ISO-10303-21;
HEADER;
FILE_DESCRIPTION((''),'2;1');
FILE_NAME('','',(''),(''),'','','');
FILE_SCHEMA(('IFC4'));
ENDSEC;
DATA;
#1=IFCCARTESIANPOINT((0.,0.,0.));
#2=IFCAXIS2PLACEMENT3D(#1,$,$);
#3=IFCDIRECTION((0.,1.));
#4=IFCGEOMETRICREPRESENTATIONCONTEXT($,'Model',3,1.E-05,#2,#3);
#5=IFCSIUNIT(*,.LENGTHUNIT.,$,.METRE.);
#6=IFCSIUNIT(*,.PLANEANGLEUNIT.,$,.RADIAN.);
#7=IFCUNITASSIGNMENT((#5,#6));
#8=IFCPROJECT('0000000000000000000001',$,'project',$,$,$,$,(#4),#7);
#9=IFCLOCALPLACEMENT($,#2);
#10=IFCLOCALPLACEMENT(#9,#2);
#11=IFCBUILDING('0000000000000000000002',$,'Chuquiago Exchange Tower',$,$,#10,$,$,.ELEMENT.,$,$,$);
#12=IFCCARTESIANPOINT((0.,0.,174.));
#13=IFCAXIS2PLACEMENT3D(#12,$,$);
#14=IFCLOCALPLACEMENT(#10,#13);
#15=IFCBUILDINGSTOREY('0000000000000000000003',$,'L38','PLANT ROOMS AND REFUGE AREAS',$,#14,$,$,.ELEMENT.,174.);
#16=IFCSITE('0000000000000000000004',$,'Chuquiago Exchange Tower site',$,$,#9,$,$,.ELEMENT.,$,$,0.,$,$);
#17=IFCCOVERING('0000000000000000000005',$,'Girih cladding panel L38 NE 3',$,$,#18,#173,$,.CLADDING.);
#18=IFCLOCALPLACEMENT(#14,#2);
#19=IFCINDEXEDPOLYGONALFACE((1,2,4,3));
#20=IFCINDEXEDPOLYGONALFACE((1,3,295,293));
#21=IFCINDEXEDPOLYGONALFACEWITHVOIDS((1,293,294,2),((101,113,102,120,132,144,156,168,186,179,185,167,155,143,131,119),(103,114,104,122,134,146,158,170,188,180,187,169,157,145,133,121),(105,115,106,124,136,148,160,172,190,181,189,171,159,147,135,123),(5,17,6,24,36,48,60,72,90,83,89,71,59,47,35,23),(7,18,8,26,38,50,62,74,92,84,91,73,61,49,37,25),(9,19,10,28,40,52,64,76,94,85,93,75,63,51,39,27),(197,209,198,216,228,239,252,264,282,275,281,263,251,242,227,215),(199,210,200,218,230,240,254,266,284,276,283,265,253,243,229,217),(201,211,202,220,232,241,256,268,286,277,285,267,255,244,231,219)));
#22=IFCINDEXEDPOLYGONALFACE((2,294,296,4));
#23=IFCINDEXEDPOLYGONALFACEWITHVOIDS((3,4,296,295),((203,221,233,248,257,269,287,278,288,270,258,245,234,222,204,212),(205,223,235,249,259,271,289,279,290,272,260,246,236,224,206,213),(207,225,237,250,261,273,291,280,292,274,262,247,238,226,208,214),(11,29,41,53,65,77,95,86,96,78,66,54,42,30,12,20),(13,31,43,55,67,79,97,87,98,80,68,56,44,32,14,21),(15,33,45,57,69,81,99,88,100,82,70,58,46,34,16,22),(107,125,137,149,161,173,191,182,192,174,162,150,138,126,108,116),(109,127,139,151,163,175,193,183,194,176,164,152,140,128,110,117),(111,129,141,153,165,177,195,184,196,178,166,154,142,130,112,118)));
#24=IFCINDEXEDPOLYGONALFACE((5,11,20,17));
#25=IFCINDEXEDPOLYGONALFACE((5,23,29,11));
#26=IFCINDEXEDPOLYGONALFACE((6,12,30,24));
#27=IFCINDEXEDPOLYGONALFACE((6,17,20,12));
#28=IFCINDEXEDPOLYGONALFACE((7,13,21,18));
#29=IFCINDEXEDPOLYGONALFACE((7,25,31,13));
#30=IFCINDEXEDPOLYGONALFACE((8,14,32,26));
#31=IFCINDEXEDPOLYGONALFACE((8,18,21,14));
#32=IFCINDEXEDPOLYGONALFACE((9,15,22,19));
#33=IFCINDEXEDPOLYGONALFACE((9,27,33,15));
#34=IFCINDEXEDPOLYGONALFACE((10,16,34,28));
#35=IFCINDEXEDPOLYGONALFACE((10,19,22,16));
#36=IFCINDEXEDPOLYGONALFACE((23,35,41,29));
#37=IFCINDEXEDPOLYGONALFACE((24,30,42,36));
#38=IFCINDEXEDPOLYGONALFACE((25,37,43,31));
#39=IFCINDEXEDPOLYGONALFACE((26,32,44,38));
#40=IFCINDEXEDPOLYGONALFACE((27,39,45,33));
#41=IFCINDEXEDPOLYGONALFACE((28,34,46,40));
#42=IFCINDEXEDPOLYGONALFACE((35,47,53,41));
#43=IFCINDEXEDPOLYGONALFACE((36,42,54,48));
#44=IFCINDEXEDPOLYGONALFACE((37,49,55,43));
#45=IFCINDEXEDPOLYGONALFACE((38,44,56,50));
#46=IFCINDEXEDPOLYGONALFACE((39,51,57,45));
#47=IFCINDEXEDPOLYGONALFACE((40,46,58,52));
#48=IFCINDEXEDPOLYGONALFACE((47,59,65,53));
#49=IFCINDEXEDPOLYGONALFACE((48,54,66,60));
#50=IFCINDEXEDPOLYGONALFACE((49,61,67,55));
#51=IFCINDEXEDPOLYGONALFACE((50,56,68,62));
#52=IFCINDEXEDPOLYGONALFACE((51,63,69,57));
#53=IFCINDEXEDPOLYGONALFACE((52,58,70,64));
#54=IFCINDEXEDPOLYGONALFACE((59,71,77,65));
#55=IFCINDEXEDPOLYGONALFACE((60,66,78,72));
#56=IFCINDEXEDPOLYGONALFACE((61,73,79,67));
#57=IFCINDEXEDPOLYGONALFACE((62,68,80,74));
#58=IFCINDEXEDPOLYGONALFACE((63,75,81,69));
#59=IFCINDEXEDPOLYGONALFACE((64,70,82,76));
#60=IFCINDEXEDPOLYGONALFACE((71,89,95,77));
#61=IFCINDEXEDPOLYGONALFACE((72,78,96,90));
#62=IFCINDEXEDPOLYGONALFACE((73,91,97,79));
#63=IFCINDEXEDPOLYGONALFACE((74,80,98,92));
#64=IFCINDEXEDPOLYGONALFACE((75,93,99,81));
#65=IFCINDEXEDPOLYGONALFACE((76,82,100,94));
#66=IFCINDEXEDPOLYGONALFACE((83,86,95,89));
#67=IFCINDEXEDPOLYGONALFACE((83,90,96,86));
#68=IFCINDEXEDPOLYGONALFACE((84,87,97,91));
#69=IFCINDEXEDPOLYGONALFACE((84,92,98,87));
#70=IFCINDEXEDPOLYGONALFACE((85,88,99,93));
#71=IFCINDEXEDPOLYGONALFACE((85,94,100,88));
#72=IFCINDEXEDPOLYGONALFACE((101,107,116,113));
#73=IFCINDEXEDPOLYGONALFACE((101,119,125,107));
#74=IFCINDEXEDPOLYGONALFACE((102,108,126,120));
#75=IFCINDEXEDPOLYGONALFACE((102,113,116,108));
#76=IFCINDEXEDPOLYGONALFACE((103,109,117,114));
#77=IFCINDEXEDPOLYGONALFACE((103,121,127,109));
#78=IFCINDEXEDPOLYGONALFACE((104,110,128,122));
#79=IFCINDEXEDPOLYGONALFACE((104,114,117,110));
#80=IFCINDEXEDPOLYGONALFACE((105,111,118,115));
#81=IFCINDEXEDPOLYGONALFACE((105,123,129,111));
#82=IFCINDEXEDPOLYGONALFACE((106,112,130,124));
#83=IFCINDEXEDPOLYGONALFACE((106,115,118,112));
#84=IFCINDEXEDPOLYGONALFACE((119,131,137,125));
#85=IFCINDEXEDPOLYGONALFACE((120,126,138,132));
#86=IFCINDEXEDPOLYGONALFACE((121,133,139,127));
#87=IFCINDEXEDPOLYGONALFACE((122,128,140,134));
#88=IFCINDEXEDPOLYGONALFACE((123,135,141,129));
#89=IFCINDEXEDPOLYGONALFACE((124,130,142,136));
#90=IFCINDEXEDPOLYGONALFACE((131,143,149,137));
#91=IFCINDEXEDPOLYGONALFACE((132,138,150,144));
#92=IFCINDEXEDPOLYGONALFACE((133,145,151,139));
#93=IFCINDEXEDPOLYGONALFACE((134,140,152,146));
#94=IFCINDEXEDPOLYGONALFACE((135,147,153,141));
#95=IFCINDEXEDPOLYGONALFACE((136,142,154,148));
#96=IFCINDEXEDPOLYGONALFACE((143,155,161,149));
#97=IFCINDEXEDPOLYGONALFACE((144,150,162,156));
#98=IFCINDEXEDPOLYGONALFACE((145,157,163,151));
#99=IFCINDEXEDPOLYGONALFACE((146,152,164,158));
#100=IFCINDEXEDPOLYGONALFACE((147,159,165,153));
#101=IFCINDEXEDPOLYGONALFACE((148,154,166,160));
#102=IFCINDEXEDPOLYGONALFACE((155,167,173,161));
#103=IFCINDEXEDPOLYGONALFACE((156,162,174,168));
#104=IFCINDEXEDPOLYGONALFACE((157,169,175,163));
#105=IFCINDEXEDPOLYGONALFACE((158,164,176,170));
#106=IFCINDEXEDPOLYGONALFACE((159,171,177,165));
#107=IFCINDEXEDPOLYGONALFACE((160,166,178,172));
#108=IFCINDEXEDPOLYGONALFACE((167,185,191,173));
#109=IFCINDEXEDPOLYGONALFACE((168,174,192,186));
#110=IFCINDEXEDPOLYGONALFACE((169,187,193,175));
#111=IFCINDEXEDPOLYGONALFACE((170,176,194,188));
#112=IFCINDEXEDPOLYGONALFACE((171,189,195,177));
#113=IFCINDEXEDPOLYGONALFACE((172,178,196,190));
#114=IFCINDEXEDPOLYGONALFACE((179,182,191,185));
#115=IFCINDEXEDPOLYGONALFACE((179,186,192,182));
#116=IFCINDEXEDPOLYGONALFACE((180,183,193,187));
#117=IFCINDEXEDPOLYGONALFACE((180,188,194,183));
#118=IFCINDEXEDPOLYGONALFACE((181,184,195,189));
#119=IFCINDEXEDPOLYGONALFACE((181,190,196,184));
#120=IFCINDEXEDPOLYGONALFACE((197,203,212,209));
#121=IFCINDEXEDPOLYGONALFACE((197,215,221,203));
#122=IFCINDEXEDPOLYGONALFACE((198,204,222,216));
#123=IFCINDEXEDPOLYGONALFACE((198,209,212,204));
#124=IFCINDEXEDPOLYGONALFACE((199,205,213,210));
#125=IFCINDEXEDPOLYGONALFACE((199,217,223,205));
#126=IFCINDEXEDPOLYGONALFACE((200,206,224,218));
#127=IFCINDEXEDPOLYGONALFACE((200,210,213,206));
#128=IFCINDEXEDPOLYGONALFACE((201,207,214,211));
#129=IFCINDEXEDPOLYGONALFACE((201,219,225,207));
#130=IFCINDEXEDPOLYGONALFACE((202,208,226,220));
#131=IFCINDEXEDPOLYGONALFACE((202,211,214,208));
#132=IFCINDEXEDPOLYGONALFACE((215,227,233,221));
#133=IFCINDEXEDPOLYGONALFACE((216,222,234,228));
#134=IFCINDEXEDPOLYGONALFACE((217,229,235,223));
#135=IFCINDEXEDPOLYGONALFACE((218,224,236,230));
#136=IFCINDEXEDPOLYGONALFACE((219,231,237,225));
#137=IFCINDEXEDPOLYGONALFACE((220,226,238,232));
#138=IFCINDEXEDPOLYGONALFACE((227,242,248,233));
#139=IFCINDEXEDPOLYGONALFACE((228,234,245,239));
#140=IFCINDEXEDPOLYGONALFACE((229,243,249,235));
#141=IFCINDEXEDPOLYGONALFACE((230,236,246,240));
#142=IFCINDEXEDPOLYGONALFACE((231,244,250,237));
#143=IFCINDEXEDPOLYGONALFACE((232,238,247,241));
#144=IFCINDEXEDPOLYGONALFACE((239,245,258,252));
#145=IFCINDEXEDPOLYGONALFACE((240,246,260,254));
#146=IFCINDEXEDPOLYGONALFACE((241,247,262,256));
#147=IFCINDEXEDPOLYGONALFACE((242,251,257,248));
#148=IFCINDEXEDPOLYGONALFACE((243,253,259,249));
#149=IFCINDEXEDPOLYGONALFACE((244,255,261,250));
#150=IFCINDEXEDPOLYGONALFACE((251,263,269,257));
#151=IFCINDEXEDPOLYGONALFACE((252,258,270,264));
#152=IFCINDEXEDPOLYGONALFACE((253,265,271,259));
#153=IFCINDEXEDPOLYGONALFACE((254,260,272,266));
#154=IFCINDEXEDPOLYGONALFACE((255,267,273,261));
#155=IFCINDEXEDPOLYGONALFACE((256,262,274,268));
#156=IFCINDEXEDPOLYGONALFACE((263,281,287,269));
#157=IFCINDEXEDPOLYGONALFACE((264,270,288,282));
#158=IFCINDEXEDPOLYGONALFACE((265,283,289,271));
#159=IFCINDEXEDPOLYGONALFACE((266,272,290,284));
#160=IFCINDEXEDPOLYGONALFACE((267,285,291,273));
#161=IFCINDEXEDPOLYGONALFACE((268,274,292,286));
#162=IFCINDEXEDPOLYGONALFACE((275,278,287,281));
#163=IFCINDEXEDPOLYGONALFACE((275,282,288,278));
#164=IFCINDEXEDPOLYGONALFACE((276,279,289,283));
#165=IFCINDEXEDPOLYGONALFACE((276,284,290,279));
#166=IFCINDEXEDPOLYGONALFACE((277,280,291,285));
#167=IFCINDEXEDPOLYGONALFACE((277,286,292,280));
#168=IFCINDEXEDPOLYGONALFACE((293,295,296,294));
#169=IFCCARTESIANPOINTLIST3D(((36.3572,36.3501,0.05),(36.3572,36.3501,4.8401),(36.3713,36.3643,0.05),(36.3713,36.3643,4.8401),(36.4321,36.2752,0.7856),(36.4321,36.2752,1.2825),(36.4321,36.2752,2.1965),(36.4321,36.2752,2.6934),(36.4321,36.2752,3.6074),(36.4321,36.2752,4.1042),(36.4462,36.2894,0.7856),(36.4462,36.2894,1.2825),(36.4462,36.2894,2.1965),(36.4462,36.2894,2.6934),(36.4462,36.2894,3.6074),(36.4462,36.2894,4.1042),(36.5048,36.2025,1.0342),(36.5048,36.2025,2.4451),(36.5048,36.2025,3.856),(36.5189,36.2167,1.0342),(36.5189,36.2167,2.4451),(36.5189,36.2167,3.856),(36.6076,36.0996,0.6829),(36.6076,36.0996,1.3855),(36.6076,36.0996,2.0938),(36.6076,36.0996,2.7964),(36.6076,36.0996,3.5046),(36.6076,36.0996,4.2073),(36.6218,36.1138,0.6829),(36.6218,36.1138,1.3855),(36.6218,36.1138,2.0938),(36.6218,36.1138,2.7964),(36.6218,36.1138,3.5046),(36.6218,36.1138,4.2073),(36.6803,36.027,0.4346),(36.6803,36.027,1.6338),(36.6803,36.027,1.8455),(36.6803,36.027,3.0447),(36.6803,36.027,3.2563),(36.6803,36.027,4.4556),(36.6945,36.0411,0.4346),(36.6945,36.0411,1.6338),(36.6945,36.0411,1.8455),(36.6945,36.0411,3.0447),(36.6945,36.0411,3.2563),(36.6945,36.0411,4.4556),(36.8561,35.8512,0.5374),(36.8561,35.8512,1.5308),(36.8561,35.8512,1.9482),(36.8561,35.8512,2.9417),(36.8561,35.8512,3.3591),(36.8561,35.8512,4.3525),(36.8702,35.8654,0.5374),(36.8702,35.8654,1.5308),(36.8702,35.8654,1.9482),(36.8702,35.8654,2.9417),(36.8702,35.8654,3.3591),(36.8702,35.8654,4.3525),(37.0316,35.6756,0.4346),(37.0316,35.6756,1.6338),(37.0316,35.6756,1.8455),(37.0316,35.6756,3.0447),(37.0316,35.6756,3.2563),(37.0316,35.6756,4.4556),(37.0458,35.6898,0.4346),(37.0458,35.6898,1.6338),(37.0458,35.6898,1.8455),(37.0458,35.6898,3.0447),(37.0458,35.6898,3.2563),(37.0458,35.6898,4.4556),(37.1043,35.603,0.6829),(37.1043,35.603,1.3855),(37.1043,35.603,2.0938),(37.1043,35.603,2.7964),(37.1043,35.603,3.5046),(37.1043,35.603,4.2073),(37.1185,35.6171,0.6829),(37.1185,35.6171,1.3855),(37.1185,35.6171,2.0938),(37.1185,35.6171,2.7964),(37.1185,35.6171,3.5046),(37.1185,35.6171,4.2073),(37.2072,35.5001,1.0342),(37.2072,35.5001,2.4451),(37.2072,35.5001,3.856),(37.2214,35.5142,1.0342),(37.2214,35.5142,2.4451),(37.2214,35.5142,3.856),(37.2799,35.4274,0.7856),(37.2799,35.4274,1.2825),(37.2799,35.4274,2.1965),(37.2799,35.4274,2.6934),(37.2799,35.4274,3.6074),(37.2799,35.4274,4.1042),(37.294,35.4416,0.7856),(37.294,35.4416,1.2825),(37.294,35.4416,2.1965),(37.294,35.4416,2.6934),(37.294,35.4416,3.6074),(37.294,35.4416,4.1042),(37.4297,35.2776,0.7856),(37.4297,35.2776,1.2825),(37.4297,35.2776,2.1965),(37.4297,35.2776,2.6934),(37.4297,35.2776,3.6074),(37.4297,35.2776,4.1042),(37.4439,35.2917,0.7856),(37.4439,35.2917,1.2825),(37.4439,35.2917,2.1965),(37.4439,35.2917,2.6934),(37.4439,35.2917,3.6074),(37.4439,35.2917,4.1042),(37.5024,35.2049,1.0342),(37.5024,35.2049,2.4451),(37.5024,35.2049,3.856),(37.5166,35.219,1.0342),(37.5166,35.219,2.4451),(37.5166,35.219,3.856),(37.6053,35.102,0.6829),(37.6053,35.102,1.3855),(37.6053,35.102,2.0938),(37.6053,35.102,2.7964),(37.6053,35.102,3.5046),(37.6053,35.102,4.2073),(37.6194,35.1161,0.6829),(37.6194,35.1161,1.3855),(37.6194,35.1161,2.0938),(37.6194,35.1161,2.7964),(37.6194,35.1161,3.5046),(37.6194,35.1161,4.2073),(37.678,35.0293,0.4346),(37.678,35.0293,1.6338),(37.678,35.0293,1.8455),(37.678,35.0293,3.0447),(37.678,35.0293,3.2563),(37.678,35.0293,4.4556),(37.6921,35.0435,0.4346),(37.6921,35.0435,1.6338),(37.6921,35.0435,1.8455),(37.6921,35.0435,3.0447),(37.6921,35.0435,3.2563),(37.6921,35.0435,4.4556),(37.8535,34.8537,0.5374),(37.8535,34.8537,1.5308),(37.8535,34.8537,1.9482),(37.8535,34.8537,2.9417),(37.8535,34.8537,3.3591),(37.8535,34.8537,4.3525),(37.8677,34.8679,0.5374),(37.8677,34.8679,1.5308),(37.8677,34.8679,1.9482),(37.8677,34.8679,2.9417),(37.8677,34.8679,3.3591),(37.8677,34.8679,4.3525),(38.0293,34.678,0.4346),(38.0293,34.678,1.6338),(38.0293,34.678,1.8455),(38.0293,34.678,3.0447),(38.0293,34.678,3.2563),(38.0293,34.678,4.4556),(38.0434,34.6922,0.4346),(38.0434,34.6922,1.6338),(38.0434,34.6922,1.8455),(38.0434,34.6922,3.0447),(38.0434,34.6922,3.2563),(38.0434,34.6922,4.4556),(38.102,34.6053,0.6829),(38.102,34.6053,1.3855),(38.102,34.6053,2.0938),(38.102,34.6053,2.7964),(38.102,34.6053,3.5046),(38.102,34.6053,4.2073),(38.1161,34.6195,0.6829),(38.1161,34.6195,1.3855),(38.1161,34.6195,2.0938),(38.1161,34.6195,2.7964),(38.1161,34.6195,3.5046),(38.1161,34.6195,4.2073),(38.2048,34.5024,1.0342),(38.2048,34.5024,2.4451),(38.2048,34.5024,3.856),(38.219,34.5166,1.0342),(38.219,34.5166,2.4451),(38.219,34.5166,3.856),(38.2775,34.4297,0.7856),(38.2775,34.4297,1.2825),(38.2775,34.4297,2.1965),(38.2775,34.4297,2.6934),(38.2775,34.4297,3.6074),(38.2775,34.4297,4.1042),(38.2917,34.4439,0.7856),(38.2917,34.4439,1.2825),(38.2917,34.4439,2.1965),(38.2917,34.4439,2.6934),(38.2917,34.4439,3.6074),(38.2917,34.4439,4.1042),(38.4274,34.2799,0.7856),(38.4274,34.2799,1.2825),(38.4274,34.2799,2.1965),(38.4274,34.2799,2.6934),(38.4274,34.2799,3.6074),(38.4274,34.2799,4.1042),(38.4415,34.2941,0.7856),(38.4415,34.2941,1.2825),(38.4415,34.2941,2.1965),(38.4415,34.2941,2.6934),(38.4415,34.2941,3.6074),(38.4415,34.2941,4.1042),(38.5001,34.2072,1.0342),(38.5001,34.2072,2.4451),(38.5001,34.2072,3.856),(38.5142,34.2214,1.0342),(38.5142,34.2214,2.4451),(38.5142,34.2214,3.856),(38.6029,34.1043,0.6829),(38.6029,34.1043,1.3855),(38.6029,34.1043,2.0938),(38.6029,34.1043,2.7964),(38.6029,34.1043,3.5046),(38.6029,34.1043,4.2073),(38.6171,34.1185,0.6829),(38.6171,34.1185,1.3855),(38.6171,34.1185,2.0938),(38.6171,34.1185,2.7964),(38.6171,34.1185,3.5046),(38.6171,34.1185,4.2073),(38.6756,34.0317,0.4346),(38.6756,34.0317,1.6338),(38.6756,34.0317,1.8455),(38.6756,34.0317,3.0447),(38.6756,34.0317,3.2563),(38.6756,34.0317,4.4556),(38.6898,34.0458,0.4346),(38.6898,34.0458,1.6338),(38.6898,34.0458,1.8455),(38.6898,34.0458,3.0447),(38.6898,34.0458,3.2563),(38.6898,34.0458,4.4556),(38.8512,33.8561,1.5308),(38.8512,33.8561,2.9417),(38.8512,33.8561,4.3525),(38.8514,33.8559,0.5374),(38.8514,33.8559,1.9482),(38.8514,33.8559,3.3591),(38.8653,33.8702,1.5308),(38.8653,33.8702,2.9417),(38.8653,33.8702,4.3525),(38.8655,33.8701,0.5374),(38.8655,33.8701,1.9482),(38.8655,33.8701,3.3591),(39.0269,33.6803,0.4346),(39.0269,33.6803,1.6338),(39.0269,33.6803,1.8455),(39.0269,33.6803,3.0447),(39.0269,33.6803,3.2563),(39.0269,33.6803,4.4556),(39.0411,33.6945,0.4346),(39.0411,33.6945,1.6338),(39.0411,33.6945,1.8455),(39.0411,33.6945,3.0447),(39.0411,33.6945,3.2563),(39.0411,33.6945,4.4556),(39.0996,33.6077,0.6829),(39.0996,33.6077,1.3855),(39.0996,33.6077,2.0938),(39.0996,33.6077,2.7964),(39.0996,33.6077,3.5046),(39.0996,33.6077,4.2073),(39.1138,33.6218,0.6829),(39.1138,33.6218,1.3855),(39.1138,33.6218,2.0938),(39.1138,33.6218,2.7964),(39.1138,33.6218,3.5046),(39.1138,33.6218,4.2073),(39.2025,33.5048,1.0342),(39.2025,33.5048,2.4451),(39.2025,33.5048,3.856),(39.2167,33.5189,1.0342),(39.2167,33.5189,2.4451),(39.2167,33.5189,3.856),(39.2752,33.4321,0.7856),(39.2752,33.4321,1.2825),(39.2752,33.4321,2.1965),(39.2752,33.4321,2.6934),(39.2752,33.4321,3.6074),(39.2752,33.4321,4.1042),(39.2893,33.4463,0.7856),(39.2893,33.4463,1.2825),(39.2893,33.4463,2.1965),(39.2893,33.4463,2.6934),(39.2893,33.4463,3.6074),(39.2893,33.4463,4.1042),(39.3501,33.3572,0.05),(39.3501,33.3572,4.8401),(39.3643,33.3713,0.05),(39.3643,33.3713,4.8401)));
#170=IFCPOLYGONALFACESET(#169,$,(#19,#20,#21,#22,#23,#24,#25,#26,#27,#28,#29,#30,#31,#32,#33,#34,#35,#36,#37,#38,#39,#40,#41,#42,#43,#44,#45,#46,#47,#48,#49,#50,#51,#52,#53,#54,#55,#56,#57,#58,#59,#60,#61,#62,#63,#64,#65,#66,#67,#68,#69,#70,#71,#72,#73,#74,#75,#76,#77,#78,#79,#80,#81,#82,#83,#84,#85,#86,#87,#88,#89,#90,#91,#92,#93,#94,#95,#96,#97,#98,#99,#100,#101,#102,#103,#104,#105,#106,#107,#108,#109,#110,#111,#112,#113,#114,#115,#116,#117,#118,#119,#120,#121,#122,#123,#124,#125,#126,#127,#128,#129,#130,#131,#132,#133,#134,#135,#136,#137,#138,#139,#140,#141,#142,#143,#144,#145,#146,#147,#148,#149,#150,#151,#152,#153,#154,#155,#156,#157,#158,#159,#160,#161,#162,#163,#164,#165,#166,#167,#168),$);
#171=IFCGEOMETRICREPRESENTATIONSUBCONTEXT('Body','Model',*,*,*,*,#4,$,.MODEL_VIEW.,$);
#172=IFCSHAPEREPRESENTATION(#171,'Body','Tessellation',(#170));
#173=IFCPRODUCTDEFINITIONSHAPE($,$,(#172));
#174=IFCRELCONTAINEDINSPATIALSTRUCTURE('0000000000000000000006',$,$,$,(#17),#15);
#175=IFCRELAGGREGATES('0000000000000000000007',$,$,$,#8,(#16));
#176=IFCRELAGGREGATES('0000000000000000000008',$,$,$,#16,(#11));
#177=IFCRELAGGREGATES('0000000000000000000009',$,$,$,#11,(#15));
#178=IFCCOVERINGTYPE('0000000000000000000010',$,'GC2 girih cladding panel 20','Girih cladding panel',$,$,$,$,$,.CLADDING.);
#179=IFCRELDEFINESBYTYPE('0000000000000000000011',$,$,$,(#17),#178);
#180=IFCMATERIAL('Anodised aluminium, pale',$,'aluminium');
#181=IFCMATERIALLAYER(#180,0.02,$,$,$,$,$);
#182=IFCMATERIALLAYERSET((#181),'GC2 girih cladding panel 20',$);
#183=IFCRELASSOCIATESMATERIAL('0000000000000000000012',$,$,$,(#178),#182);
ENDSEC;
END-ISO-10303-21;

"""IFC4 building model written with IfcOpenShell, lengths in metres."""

from ifc_helpers import new_model, si_unit, direction, frame, origin, place, context, subcontext, project, spatial, polyline, outline, extrude, material, layer, layer_set, type_object, element, save


model = new_model("IFC4")

# Units and contexts
model_context = context("Model", 3, precision=1e-05, world=origin(), true_north=direction((0.0, 1.0)))
body_context = subcontext(model_context, "Body", "Model", "MODEL_VIEW")
ifc_project = project(units=[si_unit("LENGTHUNIT", "METRE"), si_unit("PLANEANGLEUNIT", "RADIAN")], contexts=[model_context])

# Site, building, storey
site_placement = place(None, origin())
site = spatial("IfcSite", under=ifc_project, at=site_placement, Name="Chuquiago Exchange Tower site", CompositionType="ELEMENT", RefElevation=0.0)
building_placement = place(site_placement, origin())
building = spatial("IfcBuilding", under=site, at=building_placement, Name="Chuquiago Exchange Tower", CompositionType="ELEMENT")
storey_placement = place(building_placement, frame((0.0, 0.0, 174.0)))
storey = spatial("IfcBuildingStorey", under=building, at=storey_placement, Name="L38", Description="PLANT ROOMS AND REFUGE AREAS", CompositionType="ELEMENT", Elevation=174.0)

# Covering
ifc_material_1 = material(Name="Anodised aluminium, pale", Category="aluminium")
ifc_layer_1 = layer(ifc_material_1, 0.02)
ifc_layer_set_1 = layer_set([ifc_layer_1], Name="GC2 girih cladding panel 20")
covering_type = type_object("IfcCoveringType", Name="GC2 girih cladding panel 20", Description="Girih cladding panel", PredefinedType="CLADDING", material=ifc_layer_set_1)
covering_1_placement = place(storey_placement, frame((39.3501, 33.3572, 0.05), z_axis=(0.0, 0.0, 1.0), x_axis=(-0.707107, 0.707107, 0.0)))
element("IfcCovering", 1, at=covering_1_placement, inside=storey, type_object=covering_type, Name="Girih cladding panel L38 NE 3", PredefinedType="CLADDING", context=body_context, shape_type="SweptSolid", body=[
    extrude(outline(polyline([(0.0, 0.0), (4.2327, 0.0), (4.2327, 4.79), (0.0, 4.79), (0.0, 0.0)]), holes=[polyline([(1.2021, 0.9841), (1.3049, 1.2324), (1.0566, 1.3354), (0.9539, 1.5837), (0.7056, 1.4807), (0.457, 1.5837), (0.3542, 1.3354), (0.106, 1.2324), (0.2087, 0.9841), (0.106, 0.7356), (0.3542, 0.6328), (0.457, 0.3845), (0.7053, 0.4873), (0.9539, 0.3845), (1.0566, 0.6328), (1.3049, 0.7356), (1.2021, 0.9841)]), polyline([(2.613, 0.9841), (2.7158, 1.2324), (2.4675, 1.3354), (2.3647, 1.5837), (2.1165, 1.4807), (1.8679, 1.5837), (1.7651, 1.3354), (1.5168, 1.2324), (1.6196, 0.9841), (1.5168, 0.7356), (1.7651, 0.6328), (1.8679, 0.3845), (2.1165, 0.4873), (2.3647, 0.3845), (2.4675, 0.6328), (2.7158, 0.7356), (2.613, 0.9841)]), polyline([(4.0239, 0.9841), (4.1267, 1.2324), (3.8784, 1.3354), (3.7756, 1.5837), (3.5271, 1.4807), (3.2788, 1.5837), (3.176, 1.3354), (2.9277, 1.2324), (3.0305, 0.9841), (2.9277, 0.7356), (3.176, 0.6328), (3.2788, 0.3845), (3.5271, 0.4873), (3.7756, 0.3845), (3.8784, 0.6328), (4.1267, 0.7356), (4.0239, 0.9841)]), polyline([(1.2021, 2.395), (1.3049, 2.6433), (1.0566, 2.7463), (0.9539, 2.9946), (0.7056, 2.8916), (0.457, 2.9946), (0.3542, 2.7463), (0.106, 2.6433), (0.2087, 2.395), (0.106, 2.1465), (0.3542, 2.0437), (0.457, 1.7954), (0.7053, 1.8982), (0.9539, 1.7954), (1.0566, 2.0437), (1.3049, 2.1465), (1.2021, 2.395)]), polyline([(2.613, 2.395), (2.7158, 2.6433), (2.4675, 2.7463), (2.3647, 2.9946), (2.1165, 2.8916), (1.8679, 2.9946), (1.7651, 2.7463), (1.5168, 2.6433), (1.6196, 2.395), (1.5168, 2.1465), (1.7651, 2.0437), (1.8679, 1.7954), (2.1165, 1.8982), (2.3647, 1.7954), (2.4675, 2.0437), (2.7158, 2.1465), (2.613, 2.395)]), polyline([(4.0239, 2.395), (4.1267, 2.6433), (3.8784, 2.7463), (3.7756, 2.9946), (3.5271, 2.8916), (3.2788, 2.9946), (3.176, 2.7463), (2.9277, 2.6433), (3.0305, 2.395), (2.9277, 2.1465), (3.176, 2.0437), (3.2788, 1.7954), (3.5271, 1.8982), (3.7756, 1.7954), (3.8784, 2.0437), (4.1267, 2.1465), (4.0239, 2.395)]), polyline([(1.2021, 3.8059), (1.3049, 4.0542), (1.0566, 4.1572), (0.9539, 4.4055), (0.7056, 4.3025), (0.457, 4.4055), (0.3542, 4.1572), (0.106, 4.0542), (0.2087, 3.8059), (0.106, 3.5574), (0.3542, 3.4546), (0.457, 3.2063), (0.7053, 3.3091), (0.9539, 3.2063), (1.0566, 3.4546), (1.3049, 3.5574), (1.2021, 3.8059)]), polyline([(2.613, 3.8059), (2.7158, 4.0542), (2.4675, 4.1572), (2.3647, 4.4055), (2.1165, 4.3025), (1.8679, 4.4055), (1.7651, 4.1572), (1.5168, 4.0542), (1.6196, 3.8059), (1.5168, 3.5574), (1.7651, 3.4546), (1.8679, 3.2063), (2.1165, 3.3091), (2.3647, 3.2063), (2.4675, 3.4546), (2.7158, 3.5574), (2.613, 3.8059)]), polyline([(4.0239, 3.8059), (4.1267, 4.0542), (3.8784, 4.1572), (3.7756, 4.4055), (3.5271, 4.3025), (3.2788, 4.4055), (3.176, 4.1572), (2.9277, 4.0542), (3.0305, 3.8059), (2.9277, 3.5574), (3.176, 3.4546), (3.2788, 3.2063), (3.5271, 3.3091), (3.7756, 3.2063), (3.8784, 3.4546), (4.1267, 3.5574), (4.0239, 3.8059)])]), frame((0.0, 0.0, 0.0), z_axis=(0.0, -1.0, 0.0), x_axis=(1.0, 0.0, 0.0)), (0.0, 0.0, 1.0), 0.02),
])

save(model, "model.ifc")
